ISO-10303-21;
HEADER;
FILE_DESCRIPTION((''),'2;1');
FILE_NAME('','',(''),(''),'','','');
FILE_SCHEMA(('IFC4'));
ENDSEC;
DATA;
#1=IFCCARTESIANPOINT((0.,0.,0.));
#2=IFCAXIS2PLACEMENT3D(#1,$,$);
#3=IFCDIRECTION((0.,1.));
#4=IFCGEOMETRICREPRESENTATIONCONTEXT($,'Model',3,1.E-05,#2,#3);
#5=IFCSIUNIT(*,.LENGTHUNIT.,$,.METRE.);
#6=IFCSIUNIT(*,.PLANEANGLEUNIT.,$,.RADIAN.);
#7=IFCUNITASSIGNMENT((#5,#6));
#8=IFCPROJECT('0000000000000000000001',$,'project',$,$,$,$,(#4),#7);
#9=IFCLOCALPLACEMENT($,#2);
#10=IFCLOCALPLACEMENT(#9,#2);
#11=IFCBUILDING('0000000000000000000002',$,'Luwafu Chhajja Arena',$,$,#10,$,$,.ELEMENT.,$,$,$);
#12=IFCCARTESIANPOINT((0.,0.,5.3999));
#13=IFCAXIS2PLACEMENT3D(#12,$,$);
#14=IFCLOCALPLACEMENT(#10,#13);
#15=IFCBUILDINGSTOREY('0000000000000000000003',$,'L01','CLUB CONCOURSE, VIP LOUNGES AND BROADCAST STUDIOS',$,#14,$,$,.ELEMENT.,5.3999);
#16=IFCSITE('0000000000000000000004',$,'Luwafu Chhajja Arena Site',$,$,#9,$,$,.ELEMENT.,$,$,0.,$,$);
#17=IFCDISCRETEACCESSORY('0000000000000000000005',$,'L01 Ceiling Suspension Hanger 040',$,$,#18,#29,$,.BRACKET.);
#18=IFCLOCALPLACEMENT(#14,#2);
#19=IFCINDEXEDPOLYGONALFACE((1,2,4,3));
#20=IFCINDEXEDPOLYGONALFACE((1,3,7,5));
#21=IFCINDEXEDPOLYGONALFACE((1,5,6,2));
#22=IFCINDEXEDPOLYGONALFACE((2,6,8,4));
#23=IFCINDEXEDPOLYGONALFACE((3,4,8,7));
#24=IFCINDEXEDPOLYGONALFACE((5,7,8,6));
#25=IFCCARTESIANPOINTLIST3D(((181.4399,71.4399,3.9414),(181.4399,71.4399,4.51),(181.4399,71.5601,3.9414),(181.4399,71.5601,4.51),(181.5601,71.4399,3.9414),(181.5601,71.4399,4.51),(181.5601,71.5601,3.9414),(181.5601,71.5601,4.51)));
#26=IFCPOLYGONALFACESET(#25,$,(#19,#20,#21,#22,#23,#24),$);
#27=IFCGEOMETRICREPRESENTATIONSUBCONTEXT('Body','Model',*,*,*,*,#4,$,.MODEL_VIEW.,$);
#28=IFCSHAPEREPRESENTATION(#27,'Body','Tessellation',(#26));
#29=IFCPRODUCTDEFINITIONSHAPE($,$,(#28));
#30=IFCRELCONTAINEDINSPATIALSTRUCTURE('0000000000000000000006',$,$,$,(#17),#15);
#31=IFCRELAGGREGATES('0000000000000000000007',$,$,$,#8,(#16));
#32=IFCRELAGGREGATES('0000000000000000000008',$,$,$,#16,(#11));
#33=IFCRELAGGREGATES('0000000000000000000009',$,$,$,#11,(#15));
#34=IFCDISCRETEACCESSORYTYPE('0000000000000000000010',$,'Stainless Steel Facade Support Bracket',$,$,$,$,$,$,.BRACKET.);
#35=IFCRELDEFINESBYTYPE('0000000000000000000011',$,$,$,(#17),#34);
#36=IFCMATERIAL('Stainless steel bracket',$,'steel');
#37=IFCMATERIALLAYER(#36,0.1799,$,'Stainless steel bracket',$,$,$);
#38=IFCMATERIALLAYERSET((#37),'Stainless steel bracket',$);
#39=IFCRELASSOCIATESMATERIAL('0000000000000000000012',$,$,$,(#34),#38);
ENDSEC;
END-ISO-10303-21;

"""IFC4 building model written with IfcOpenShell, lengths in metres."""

from ifc_helpers import new_model, si_unit, direction, frame, origin, origin_2d, place, context, subcontext, project, spatial, rectangle, extrude, material, layer, layer_set, type_object, element, save


model = new_model("IFC4")

# Units and contexts
model_context = context("Model", 3, precision=1e-05, world=origin(), true_north=direction((0.0, 1.0)))
body_context = subcontext(model_context, "Body", "Model", "MODEL_VIEW")
ifc_project = project(units=[si_unit("LENGTHUNIT", "METRE"), si_unit("PLANEANGLEUNIT", "RADIAN")], contexts=[model_context])

# Site, building, storey
site_placement = place(None, origin())
site = spatial("IfcSite", under=ifc_project, at=site_placement, Name="Luwafu Chhajja Arena Site", CompositionType="ELEMENT", RefElevation=0.0)
building_placement = place(site_placement, origin())
building = spatial("IfcBuilding", under=site, at=building_placement, Name="Luwafu Chhajja Arena", CompositionType="ELEMENT")
storey_placement = place(building_placement, frame((0.0, 0.0, 5.3999)))
storey = spatial("IfcBuildingStorey", under=building, at=storey_placement, Name="L01", Description="CLUB CONCOURSE, VIP LOUNGES AND BROADCAST STUDIOS", CompositionType="ELEMENT", Elevation=5.3999)

# Discrete accessory
ifc_material_1 = material(Name="Stainless steel bracket", Category="steel")
ifc_layer_1 = layer(ifc_material_1, 0.1799, Name="Stainless steel bracket")
ifc_layer_set_1 = layer_set([ifc_layer_1], Name="Stainless steel bracket")
discrete_accessory_type = type_object("IfcDiscreteAccessoryType", Name="Stainless Steel Facade Support Bracket", PredefinedType="BRACKET", material=ifc_layer_set_1)
discrete_accessory_placement = place(storey_placement, frame((181.5, 71.5, 3.9414), z_axis=(0.0, 0.0, 1.0), x_axis=(1.0, 0.0, 0.0)))
element("IfcDiscreteAccessory", 1, at=discrete_accessory_placement, inside=storey, type_object=discrete_accessory_type, Name="L01 Ceiling Suspension Hanger 040", PredefinedType="BRACKET", context=body_context, shape_type="SweptSolid", body=[
    extrude(rectangle(XDim=0.1201, YDim=0.1201, at=origin_2d()), origin(), (0.0, 0.0, 1.0), 0.5686),
])

save(model, "model.ifc")
